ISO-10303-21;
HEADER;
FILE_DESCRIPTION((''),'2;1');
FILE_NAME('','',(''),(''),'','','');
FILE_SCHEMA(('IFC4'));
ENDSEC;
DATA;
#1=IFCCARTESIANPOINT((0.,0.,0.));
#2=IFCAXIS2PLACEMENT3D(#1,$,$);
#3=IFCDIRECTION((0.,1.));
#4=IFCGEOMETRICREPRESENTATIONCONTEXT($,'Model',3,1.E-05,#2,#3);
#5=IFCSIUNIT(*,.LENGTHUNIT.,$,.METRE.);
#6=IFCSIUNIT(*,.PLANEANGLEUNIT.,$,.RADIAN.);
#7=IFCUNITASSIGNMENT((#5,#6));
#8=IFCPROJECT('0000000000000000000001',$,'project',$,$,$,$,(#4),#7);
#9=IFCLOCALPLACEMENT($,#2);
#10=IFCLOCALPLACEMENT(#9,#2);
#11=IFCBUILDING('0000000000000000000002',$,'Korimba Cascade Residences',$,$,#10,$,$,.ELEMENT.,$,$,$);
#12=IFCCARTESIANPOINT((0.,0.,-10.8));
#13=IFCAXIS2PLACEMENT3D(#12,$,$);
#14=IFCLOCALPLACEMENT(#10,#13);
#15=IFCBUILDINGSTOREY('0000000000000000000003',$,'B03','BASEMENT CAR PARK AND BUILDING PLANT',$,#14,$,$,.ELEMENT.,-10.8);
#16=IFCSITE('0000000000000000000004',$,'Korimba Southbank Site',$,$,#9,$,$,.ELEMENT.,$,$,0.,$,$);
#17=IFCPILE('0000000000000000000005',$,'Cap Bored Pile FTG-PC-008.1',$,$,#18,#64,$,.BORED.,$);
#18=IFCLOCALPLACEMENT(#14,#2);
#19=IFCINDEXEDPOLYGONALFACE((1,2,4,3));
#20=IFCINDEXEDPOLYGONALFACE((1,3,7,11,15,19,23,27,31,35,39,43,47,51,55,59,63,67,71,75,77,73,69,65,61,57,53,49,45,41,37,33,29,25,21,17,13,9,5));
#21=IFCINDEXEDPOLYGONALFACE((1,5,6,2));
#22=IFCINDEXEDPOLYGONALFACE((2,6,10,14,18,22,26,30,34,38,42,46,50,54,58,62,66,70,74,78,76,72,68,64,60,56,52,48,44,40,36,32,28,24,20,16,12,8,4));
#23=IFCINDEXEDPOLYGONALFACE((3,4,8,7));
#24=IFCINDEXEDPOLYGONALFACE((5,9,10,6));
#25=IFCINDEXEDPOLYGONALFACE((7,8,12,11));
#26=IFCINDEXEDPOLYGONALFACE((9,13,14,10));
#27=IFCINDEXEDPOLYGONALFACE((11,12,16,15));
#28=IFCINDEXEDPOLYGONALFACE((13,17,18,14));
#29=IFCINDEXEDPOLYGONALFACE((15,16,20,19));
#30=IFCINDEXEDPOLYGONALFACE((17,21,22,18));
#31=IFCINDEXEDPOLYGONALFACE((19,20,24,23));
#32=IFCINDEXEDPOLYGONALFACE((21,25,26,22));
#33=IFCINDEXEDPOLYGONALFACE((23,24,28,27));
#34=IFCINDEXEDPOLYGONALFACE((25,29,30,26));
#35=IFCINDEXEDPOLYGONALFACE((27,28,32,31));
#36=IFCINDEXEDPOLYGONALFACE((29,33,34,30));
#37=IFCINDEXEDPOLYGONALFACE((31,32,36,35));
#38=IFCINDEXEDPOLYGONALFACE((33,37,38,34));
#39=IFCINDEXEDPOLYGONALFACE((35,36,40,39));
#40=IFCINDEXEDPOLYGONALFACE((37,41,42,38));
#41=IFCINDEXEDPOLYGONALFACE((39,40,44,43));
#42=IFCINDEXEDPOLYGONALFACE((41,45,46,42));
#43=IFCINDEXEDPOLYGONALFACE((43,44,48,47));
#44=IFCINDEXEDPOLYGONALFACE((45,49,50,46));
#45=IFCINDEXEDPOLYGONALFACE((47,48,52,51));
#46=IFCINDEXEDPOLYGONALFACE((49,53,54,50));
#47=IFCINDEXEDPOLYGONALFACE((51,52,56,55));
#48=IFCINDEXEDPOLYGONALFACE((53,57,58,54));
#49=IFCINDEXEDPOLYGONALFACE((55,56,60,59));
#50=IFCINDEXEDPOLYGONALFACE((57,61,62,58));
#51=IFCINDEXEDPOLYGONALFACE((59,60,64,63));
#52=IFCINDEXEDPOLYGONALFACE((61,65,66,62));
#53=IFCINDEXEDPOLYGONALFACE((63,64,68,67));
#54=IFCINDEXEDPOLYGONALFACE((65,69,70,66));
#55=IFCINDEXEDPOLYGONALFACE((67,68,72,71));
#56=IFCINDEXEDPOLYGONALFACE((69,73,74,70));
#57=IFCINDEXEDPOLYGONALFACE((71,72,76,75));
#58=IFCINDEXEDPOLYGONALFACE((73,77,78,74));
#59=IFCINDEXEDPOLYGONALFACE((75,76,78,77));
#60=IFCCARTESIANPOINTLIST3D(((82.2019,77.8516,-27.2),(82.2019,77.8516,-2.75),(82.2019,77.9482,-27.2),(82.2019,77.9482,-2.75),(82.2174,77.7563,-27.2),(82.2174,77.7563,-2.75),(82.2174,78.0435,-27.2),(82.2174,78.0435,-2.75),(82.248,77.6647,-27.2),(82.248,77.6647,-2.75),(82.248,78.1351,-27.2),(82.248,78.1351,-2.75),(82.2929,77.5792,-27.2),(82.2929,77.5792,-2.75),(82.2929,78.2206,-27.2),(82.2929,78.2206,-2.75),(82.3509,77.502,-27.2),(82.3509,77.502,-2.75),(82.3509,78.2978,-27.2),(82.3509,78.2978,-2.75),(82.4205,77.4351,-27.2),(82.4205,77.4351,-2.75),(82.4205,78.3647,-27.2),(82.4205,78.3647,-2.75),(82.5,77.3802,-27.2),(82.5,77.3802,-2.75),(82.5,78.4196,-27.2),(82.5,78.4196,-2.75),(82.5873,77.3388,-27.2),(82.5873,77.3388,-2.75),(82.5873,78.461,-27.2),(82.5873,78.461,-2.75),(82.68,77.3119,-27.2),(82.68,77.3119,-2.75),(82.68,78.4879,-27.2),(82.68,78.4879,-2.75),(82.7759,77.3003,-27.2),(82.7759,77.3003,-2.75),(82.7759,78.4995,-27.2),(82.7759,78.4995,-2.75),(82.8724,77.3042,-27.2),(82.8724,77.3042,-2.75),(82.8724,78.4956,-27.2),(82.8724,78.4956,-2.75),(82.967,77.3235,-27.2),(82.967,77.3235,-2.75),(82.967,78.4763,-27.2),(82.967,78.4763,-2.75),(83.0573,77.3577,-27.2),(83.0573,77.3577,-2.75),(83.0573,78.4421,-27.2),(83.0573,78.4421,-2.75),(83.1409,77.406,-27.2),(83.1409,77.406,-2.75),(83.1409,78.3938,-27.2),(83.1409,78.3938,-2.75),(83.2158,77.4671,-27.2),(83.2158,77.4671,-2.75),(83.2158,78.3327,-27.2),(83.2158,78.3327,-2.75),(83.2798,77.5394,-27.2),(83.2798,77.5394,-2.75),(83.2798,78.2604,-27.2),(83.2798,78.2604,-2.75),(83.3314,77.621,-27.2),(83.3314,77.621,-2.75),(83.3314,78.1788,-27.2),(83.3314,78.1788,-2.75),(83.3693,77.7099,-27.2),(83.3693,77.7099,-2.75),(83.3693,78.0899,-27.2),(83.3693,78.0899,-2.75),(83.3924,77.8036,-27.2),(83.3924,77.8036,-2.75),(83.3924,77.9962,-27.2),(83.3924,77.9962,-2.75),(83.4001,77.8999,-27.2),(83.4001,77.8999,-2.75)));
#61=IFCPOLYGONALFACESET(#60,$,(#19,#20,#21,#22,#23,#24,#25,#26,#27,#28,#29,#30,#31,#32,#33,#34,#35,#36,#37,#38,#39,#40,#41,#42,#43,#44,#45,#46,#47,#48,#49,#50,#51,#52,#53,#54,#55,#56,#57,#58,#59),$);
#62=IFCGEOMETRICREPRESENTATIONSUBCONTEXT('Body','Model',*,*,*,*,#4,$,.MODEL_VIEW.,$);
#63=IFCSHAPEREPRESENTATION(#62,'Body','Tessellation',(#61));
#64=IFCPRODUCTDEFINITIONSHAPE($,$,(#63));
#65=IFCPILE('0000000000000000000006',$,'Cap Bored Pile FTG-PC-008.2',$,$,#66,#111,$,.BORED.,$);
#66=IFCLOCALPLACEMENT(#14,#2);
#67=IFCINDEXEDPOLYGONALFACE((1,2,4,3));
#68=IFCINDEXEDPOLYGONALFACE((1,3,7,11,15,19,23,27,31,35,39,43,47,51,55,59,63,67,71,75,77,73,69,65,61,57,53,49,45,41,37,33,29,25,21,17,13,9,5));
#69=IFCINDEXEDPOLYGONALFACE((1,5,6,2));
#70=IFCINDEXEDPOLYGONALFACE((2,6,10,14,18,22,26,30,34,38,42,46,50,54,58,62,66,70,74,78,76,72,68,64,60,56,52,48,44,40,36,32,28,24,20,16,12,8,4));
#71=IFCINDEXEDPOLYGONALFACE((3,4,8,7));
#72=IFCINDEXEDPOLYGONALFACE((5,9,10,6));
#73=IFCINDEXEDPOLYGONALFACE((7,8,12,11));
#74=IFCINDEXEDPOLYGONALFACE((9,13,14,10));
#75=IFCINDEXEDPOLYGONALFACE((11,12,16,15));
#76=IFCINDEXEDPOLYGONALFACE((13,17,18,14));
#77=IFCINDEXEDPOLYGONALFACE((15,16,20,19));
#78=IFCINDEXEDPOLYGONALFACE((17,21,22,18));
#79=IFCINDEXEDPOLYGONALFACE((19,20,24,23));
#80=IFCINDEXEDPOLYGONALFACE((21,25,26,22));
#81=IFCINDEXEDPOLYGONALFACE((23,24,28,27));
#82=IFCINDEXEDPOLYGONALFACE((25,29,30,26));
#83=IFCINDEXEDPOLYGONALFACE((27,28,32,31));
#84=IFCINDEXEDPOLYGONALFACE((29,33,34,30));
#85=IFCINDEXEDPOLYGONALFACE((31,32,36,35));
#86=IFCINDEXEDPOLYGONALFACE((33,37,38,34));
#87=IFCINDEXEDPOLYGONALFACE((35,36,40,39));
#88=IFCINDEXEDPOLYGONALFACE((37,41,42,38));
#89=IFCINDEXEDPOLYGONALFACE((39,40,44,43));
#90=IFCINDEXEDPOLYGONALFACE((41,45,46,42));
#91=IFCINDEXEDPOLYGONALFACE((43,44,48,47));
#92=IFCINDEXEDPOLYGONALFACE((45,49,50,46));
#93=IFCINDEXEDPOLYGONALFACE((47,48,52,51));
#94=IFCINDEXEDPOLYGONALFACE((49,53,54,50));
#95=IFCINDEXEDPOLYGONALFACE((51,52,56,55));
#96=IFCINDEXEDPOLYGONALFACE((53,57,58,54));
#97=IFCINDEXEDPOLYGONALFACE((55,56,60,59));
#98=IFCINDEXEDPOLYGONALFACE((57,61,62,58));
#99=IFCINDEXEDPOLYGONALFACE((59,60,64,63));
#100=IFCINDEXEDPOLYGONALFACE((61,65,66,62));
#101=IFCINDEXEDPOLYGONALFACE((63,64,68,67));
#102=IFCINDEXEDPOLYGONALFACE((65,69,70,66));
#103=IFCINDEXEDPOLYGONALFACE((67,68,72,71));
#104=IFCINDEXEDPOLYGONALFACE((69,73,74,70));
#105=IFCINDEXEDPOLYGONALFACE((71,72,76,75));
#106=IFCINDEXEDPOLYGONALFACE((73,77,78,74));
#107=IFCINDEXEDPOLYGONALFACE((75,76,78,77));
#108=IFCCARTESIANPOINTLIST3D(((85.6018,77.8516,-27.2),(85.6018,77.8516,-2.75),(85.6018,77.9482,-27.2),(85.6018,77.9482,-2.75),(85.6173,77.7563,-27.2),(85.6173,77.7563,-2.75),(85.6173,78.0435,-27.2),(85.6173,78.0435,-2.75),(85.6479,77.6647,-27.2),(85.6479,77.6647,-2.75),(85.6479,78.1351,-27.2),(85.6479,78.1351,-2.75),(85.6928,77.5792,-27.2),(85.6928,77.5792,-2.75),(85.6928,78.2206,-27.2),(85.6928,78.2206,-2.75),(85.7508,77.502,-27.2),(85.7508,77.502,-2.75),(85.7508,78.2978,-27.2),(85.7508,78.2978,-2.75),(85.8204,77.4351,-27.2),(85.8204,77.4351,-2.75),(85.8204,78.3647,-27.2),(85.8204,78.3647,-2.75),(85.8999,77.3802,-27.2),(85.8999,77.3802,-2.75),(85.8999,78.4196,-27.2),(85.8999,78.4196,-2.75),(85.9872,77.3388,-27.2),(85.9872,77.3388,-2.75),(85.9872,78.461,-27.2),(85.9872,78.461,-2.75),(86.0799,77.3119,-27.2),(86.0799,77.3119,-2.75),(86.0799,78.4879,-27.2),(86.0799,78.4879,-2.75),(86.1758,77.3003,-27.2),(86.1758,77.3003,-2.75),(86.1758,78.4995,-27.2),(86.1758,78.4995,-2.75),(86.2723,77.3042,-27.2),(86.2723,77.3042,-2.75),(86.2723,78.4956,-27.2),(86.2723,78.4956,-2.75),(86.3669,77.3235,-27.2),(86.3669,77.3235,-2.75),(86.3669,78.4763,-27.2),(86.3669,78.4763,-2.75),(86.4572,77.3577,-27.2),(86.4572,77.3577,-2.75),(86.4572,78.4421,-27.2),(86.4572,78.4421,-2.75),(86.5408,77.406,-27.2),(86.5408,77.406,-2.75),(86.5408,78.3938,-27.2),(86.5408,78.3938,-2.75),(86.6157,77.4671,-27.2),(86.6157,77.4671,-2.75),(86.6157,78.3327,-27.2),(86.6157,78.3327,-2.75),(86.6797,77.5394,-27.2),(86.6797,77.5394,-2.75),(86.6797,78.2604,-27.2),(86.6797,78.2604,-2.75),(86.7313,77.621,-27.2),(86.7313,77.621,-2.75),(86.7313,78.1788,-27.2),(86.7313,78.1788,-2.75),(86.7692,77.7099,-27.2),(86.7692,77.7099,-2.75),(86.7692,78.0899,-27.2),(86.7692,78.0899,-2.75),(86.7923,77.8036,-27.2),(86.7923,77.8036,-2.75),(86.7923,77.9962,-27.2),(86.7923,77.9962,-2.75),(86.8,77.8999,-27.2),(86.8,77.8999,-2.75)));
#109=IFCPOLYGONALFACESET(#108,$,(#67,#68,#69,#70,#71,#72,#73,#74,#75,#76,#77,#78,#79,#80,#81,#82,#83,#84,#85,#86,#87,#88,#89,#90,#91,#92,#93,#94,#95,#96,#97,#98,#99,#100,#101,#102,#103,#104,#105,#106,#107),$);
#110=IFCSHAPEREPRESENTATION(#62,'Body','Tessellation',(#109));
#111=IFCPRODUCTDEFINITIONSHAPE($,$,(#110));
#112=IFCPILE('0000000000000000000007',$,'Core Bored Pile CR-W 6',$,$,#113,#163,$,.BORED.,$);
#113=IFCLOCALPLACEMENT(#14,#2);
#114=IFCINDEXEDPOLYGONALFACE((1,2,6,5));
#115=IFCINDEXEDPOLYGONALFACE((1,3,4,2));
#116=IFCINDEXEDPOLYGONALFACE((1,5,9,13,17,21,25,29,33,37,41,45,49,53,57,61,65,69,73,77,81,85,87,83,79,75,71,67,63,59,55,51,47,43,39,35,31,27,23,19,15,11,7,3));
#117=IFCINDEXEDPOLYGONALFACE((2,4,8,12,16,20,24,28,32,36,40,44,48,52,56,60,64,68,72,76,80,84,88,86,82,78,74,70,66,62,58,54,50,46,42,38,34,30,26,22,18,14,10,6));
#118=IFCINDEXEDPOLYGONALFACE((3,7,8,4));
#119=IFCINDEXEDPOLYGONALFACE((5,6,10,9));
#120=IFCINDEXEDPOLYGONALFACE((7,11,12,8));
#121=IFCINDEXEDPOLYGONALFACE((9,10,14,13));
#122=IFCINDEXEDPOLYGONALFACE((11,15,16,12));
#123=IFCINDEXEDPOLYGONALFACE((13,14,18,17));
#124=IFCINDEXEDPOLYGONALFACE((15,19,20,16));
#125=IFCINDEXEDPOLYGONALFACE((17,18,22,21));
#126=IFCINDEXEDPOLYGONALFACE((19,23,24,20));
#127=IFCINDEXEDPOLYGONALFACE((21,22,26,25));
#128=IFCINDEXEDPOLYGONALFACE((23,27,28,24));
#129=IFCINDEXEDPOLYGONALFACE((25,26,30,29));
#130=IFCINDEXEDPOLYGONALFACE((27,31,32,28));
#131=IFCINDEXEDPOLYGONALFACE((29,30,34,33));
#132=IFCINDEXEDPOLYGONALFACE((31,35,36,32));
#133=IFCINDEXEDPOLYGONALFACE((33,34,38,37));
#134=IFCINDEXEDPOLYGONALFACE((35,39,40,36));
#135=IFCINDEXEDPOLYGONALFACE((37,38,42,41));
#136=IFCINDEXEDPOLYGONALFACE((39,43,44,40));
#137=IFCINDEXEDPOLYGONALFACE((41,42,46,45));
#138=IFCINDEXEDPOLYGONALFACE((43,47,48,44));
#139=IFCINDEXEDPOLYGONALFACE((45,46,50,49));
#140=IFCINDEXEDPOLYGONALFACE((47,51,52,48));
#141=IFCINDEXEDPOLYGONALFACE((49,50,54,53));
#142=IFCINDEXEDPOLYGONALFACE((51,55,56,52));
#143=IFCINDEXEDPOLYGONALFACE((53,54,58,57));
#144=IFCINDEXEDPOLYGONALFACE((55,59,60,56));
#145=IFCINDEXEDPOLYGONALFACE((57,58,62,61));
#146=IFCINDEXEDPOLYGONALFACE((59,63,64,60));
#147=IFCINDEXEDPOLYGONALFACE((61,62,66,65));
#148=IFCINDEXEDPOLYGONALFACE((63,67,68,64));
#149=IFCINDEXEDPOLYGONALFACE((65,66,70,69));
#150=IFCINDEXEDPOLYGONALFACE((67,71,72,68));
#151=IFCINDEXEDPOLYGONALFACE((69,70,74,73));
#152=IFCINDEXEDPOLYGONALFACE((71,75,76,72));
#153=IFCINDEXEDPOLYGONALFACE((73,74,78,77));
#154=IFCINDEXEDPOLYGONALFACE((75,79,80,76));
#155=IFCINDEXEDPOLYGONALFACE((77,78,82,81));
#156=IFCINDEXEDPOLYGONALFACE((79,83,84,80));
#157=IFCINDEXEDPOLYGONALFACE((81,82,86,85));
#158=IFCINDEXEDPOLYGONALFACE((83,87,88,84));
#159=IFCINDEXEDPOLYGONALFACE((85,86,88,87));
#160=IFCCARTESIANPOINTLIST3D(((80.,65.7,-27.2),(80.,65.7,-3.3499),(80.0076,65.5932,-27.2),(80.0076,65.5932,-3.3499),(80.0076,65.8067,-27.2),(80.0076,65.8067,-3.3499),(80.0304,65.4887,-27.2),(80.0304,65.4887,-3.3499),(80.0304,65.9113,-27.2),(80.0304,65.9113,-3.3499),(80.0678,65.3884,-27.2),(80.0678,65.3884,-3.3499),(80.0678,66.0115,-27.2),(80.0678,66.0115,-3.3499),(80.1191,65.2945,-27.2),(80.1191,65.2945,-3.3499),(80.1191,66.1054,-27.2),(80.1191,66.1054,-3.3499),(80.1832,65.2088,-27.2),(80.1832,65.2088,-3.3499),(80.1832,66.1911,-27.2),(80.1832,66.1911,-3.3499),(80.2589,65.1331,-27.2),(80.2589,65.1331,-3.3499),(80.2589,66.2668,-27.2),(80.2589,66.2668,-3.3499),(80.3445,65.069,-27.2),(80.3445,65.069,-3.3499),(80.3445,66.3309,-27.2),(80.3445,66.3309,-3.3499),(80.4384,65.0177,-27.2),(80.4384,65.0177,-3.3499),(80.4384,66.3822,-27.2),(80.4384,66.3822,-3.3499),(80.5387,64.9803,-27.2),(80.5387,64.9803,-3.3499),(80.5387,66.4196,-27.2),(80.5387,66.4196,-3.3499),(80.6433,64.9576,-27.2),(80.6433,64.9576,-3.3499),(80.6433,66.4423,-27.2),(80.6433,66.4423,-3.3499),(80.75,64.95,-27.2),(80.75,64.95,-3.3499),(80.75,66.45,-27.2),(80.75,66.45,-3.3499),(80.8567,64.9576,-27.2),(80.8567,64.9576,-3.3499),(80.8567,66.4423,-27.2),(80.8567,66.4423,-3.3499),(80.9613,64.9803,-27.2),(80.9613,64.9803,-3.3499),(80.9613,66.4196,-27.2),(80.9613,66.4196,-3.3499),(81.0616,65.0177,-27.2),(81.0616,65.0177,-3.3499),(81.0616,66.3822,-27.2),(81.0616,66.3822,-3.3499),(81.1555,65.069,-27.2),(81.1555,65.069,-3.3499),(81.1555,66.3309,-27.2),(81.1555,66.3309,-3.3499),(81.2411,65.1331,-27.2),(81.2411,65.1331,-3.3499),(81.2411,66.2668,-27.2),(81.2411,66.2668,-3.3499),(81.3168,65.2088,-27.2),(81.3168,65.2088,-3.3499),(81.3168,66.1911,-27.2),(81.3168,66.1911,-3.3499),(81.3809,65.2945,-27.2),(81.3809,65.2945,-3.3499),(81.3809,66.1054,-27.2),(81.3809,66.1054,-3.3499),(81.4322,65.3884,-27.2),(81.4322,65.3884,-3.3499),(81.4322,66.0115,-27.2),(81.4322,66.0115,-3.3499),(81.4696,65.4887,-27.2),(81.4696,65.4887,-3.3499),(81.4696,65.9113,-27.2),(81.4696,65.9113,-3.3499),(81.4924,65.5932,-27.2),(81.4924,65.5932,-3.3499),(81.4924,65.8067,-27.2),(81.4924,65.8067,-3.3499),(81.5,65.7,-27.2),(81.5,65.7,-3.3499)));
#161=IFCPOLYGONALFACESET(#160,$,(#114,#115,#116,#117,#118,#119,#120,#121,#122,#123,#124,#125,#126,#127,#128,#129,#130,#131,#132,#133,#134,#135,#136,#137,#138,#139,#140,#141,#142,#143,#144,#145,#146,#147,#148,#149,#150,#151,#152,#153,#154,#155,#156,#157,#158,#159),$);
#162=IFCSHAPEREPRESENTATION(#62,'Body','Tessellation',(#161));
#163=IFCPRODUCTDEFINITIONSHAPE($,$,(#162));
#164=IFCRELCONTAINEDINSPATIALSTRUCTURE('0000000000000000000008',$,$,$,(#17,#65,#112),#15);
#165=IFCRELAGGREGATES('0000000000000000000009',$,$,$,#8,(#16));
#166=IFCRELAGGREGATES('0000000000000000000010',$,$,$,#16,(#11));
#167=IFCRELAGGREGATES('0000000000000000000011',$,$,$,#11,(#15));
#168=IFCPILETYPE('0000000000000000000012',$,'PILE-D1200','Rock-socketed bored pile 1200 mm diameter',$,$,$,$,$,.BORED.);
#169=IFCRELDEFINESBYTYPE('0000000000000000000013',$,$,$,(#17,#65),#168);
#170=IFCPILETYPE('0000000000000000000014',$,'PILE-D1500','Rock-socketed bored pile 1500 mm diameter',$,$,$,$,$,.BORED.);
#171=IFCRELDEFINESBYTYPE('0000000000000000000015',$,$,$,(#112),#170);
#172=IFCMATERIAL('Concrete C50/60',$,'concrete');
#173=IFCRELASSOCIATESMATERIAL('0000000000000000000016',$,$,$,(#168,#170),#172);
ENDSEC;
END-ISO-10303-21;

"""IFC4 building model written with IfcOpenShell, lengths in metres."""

from ifc_helpers import new_model, si_unit, direction, frame, origin, origin_2d, place, context, subcontext, project, spatial, circle, extrude, material, material_profile, profile_set, type_object, element, save


model = new_model("IFC4")

# Units and contexts
model_context = context("Model", 3, precision=1e-05, world=origin(), true_north=direction((0.0, 1.0)))
body_context = subcontext(model_context, "Body", "Model", "MODEL_VIEW")
ifc_project = project(units=[si_unit("LENGTHUNIT", "METRE"), si_unit("PLANEANGLEUNIT", "RADIAN")], contexts=[model_context])

# Site, building, storey
site_placement = place(None, origin())
site = spatial("IfcSite", under=ifc_project, at=site_placement, Name="Korimba Southbank Site", CompositionType="ELEMENT", RefElevation=0.0)
building_placement = place(site_placement, origin())
building = spatial("IfcBuilding", under=site, at=building_placement, Name="Korimba Cascade Residences", CompositionType="ELEMENT")
storey_placement = place(building_placement, frame((0.0, 0.0, -10.8)))
storey = spatial("IfcBuildingStorey", under=building, at=storey_placement, Name="B03", Description="BASEMENT CAR PARK AND BUILDING PLANT", CompositionType="ELEMENT", Elevation=-10.8)

# Piles
ifc_material_1 = material(Name="Concrete C50/60", Category="concrete")
ifc_material_profile_1 = material_profile(ifc_material_1, circle(Radius=0.6001, at=origin_2d()), Name="Concrete C50/60")
ifc_profile_set_1 = profile_set([ifc_material_profile_1], Name="Concrete C50/60")
pile_type_1 = type_object("IfcPileType", Name="PILE-D1200", Description="Rock-socketed bored pile 1200 mm diameter", PredefinedType="BORED", material=ifc_profile_set_1)
for number, where, z_axis, x_axis, name in (
    (1, (82.8, 77.8999, -2.75), (0.0, 0.0, -1.0), (1.0, 0.0, 0.0), "Cap Bored Pile FTG-PC-008.1"),
    (2, (86.2, 77.8999, -2.75), (0.0, 0.0, -1.0), (1.0, 0.0, 0.0), "Cap Bored Pile FTG-PC-008.2"),
):
    element("IfcPile", number, at=place(storey_placement, frame(where, z_axis=z_axis, x_axis=x_axis)), inside=storey, type_object=pile_type_1, Name=name, PredefinedType="BORED", context=body_context, shape_type="SweptSolid", body=[
        extrude(circle(Radius=0.6001, at=origin_2d()), origin(), (0.0, 0.0, 1.0), 24.45),
    ])
ifc_material_profile_2 = material_profile(ifc_material_1, circle(Radius=0.75, at=origin_2d()), Name="Concrete C50/60")
ifc_profile_set_2 = profile_set([ifc_material_profile_2], Name="Concrete C50/60")
pile_type_2 = type_object("IfcPileType", Name="PILE-D1500", Description="Rock-socketed bored pile 1500 mm diameter", PredefinedType="BORED", material=ifc_profile_set_2)
for number, where, z_axis, x_axis, name in (
    (3, (80.75, 65.7, -3.3499), (0.0, 0.0, -1.0), (1.0, 0.0, 0.0), "Core Bored Pile CR-W 6"),
):
    element("IfcPile", number, at=place(storey_placement, frame(where, z_axis=z_axis, x_axis=x_axis)), inside=storey, type_object=pile_type_2, Name=name, PredefinedType="BORED", context=body_context, shape_type="SweptSolid", body=[
        extrude(circle(Radius=0.75, at=origin_2d()), origin(), (0.0, 0.0, 1.0), 23.8501),
    ])

save(model, "model.ifc")
